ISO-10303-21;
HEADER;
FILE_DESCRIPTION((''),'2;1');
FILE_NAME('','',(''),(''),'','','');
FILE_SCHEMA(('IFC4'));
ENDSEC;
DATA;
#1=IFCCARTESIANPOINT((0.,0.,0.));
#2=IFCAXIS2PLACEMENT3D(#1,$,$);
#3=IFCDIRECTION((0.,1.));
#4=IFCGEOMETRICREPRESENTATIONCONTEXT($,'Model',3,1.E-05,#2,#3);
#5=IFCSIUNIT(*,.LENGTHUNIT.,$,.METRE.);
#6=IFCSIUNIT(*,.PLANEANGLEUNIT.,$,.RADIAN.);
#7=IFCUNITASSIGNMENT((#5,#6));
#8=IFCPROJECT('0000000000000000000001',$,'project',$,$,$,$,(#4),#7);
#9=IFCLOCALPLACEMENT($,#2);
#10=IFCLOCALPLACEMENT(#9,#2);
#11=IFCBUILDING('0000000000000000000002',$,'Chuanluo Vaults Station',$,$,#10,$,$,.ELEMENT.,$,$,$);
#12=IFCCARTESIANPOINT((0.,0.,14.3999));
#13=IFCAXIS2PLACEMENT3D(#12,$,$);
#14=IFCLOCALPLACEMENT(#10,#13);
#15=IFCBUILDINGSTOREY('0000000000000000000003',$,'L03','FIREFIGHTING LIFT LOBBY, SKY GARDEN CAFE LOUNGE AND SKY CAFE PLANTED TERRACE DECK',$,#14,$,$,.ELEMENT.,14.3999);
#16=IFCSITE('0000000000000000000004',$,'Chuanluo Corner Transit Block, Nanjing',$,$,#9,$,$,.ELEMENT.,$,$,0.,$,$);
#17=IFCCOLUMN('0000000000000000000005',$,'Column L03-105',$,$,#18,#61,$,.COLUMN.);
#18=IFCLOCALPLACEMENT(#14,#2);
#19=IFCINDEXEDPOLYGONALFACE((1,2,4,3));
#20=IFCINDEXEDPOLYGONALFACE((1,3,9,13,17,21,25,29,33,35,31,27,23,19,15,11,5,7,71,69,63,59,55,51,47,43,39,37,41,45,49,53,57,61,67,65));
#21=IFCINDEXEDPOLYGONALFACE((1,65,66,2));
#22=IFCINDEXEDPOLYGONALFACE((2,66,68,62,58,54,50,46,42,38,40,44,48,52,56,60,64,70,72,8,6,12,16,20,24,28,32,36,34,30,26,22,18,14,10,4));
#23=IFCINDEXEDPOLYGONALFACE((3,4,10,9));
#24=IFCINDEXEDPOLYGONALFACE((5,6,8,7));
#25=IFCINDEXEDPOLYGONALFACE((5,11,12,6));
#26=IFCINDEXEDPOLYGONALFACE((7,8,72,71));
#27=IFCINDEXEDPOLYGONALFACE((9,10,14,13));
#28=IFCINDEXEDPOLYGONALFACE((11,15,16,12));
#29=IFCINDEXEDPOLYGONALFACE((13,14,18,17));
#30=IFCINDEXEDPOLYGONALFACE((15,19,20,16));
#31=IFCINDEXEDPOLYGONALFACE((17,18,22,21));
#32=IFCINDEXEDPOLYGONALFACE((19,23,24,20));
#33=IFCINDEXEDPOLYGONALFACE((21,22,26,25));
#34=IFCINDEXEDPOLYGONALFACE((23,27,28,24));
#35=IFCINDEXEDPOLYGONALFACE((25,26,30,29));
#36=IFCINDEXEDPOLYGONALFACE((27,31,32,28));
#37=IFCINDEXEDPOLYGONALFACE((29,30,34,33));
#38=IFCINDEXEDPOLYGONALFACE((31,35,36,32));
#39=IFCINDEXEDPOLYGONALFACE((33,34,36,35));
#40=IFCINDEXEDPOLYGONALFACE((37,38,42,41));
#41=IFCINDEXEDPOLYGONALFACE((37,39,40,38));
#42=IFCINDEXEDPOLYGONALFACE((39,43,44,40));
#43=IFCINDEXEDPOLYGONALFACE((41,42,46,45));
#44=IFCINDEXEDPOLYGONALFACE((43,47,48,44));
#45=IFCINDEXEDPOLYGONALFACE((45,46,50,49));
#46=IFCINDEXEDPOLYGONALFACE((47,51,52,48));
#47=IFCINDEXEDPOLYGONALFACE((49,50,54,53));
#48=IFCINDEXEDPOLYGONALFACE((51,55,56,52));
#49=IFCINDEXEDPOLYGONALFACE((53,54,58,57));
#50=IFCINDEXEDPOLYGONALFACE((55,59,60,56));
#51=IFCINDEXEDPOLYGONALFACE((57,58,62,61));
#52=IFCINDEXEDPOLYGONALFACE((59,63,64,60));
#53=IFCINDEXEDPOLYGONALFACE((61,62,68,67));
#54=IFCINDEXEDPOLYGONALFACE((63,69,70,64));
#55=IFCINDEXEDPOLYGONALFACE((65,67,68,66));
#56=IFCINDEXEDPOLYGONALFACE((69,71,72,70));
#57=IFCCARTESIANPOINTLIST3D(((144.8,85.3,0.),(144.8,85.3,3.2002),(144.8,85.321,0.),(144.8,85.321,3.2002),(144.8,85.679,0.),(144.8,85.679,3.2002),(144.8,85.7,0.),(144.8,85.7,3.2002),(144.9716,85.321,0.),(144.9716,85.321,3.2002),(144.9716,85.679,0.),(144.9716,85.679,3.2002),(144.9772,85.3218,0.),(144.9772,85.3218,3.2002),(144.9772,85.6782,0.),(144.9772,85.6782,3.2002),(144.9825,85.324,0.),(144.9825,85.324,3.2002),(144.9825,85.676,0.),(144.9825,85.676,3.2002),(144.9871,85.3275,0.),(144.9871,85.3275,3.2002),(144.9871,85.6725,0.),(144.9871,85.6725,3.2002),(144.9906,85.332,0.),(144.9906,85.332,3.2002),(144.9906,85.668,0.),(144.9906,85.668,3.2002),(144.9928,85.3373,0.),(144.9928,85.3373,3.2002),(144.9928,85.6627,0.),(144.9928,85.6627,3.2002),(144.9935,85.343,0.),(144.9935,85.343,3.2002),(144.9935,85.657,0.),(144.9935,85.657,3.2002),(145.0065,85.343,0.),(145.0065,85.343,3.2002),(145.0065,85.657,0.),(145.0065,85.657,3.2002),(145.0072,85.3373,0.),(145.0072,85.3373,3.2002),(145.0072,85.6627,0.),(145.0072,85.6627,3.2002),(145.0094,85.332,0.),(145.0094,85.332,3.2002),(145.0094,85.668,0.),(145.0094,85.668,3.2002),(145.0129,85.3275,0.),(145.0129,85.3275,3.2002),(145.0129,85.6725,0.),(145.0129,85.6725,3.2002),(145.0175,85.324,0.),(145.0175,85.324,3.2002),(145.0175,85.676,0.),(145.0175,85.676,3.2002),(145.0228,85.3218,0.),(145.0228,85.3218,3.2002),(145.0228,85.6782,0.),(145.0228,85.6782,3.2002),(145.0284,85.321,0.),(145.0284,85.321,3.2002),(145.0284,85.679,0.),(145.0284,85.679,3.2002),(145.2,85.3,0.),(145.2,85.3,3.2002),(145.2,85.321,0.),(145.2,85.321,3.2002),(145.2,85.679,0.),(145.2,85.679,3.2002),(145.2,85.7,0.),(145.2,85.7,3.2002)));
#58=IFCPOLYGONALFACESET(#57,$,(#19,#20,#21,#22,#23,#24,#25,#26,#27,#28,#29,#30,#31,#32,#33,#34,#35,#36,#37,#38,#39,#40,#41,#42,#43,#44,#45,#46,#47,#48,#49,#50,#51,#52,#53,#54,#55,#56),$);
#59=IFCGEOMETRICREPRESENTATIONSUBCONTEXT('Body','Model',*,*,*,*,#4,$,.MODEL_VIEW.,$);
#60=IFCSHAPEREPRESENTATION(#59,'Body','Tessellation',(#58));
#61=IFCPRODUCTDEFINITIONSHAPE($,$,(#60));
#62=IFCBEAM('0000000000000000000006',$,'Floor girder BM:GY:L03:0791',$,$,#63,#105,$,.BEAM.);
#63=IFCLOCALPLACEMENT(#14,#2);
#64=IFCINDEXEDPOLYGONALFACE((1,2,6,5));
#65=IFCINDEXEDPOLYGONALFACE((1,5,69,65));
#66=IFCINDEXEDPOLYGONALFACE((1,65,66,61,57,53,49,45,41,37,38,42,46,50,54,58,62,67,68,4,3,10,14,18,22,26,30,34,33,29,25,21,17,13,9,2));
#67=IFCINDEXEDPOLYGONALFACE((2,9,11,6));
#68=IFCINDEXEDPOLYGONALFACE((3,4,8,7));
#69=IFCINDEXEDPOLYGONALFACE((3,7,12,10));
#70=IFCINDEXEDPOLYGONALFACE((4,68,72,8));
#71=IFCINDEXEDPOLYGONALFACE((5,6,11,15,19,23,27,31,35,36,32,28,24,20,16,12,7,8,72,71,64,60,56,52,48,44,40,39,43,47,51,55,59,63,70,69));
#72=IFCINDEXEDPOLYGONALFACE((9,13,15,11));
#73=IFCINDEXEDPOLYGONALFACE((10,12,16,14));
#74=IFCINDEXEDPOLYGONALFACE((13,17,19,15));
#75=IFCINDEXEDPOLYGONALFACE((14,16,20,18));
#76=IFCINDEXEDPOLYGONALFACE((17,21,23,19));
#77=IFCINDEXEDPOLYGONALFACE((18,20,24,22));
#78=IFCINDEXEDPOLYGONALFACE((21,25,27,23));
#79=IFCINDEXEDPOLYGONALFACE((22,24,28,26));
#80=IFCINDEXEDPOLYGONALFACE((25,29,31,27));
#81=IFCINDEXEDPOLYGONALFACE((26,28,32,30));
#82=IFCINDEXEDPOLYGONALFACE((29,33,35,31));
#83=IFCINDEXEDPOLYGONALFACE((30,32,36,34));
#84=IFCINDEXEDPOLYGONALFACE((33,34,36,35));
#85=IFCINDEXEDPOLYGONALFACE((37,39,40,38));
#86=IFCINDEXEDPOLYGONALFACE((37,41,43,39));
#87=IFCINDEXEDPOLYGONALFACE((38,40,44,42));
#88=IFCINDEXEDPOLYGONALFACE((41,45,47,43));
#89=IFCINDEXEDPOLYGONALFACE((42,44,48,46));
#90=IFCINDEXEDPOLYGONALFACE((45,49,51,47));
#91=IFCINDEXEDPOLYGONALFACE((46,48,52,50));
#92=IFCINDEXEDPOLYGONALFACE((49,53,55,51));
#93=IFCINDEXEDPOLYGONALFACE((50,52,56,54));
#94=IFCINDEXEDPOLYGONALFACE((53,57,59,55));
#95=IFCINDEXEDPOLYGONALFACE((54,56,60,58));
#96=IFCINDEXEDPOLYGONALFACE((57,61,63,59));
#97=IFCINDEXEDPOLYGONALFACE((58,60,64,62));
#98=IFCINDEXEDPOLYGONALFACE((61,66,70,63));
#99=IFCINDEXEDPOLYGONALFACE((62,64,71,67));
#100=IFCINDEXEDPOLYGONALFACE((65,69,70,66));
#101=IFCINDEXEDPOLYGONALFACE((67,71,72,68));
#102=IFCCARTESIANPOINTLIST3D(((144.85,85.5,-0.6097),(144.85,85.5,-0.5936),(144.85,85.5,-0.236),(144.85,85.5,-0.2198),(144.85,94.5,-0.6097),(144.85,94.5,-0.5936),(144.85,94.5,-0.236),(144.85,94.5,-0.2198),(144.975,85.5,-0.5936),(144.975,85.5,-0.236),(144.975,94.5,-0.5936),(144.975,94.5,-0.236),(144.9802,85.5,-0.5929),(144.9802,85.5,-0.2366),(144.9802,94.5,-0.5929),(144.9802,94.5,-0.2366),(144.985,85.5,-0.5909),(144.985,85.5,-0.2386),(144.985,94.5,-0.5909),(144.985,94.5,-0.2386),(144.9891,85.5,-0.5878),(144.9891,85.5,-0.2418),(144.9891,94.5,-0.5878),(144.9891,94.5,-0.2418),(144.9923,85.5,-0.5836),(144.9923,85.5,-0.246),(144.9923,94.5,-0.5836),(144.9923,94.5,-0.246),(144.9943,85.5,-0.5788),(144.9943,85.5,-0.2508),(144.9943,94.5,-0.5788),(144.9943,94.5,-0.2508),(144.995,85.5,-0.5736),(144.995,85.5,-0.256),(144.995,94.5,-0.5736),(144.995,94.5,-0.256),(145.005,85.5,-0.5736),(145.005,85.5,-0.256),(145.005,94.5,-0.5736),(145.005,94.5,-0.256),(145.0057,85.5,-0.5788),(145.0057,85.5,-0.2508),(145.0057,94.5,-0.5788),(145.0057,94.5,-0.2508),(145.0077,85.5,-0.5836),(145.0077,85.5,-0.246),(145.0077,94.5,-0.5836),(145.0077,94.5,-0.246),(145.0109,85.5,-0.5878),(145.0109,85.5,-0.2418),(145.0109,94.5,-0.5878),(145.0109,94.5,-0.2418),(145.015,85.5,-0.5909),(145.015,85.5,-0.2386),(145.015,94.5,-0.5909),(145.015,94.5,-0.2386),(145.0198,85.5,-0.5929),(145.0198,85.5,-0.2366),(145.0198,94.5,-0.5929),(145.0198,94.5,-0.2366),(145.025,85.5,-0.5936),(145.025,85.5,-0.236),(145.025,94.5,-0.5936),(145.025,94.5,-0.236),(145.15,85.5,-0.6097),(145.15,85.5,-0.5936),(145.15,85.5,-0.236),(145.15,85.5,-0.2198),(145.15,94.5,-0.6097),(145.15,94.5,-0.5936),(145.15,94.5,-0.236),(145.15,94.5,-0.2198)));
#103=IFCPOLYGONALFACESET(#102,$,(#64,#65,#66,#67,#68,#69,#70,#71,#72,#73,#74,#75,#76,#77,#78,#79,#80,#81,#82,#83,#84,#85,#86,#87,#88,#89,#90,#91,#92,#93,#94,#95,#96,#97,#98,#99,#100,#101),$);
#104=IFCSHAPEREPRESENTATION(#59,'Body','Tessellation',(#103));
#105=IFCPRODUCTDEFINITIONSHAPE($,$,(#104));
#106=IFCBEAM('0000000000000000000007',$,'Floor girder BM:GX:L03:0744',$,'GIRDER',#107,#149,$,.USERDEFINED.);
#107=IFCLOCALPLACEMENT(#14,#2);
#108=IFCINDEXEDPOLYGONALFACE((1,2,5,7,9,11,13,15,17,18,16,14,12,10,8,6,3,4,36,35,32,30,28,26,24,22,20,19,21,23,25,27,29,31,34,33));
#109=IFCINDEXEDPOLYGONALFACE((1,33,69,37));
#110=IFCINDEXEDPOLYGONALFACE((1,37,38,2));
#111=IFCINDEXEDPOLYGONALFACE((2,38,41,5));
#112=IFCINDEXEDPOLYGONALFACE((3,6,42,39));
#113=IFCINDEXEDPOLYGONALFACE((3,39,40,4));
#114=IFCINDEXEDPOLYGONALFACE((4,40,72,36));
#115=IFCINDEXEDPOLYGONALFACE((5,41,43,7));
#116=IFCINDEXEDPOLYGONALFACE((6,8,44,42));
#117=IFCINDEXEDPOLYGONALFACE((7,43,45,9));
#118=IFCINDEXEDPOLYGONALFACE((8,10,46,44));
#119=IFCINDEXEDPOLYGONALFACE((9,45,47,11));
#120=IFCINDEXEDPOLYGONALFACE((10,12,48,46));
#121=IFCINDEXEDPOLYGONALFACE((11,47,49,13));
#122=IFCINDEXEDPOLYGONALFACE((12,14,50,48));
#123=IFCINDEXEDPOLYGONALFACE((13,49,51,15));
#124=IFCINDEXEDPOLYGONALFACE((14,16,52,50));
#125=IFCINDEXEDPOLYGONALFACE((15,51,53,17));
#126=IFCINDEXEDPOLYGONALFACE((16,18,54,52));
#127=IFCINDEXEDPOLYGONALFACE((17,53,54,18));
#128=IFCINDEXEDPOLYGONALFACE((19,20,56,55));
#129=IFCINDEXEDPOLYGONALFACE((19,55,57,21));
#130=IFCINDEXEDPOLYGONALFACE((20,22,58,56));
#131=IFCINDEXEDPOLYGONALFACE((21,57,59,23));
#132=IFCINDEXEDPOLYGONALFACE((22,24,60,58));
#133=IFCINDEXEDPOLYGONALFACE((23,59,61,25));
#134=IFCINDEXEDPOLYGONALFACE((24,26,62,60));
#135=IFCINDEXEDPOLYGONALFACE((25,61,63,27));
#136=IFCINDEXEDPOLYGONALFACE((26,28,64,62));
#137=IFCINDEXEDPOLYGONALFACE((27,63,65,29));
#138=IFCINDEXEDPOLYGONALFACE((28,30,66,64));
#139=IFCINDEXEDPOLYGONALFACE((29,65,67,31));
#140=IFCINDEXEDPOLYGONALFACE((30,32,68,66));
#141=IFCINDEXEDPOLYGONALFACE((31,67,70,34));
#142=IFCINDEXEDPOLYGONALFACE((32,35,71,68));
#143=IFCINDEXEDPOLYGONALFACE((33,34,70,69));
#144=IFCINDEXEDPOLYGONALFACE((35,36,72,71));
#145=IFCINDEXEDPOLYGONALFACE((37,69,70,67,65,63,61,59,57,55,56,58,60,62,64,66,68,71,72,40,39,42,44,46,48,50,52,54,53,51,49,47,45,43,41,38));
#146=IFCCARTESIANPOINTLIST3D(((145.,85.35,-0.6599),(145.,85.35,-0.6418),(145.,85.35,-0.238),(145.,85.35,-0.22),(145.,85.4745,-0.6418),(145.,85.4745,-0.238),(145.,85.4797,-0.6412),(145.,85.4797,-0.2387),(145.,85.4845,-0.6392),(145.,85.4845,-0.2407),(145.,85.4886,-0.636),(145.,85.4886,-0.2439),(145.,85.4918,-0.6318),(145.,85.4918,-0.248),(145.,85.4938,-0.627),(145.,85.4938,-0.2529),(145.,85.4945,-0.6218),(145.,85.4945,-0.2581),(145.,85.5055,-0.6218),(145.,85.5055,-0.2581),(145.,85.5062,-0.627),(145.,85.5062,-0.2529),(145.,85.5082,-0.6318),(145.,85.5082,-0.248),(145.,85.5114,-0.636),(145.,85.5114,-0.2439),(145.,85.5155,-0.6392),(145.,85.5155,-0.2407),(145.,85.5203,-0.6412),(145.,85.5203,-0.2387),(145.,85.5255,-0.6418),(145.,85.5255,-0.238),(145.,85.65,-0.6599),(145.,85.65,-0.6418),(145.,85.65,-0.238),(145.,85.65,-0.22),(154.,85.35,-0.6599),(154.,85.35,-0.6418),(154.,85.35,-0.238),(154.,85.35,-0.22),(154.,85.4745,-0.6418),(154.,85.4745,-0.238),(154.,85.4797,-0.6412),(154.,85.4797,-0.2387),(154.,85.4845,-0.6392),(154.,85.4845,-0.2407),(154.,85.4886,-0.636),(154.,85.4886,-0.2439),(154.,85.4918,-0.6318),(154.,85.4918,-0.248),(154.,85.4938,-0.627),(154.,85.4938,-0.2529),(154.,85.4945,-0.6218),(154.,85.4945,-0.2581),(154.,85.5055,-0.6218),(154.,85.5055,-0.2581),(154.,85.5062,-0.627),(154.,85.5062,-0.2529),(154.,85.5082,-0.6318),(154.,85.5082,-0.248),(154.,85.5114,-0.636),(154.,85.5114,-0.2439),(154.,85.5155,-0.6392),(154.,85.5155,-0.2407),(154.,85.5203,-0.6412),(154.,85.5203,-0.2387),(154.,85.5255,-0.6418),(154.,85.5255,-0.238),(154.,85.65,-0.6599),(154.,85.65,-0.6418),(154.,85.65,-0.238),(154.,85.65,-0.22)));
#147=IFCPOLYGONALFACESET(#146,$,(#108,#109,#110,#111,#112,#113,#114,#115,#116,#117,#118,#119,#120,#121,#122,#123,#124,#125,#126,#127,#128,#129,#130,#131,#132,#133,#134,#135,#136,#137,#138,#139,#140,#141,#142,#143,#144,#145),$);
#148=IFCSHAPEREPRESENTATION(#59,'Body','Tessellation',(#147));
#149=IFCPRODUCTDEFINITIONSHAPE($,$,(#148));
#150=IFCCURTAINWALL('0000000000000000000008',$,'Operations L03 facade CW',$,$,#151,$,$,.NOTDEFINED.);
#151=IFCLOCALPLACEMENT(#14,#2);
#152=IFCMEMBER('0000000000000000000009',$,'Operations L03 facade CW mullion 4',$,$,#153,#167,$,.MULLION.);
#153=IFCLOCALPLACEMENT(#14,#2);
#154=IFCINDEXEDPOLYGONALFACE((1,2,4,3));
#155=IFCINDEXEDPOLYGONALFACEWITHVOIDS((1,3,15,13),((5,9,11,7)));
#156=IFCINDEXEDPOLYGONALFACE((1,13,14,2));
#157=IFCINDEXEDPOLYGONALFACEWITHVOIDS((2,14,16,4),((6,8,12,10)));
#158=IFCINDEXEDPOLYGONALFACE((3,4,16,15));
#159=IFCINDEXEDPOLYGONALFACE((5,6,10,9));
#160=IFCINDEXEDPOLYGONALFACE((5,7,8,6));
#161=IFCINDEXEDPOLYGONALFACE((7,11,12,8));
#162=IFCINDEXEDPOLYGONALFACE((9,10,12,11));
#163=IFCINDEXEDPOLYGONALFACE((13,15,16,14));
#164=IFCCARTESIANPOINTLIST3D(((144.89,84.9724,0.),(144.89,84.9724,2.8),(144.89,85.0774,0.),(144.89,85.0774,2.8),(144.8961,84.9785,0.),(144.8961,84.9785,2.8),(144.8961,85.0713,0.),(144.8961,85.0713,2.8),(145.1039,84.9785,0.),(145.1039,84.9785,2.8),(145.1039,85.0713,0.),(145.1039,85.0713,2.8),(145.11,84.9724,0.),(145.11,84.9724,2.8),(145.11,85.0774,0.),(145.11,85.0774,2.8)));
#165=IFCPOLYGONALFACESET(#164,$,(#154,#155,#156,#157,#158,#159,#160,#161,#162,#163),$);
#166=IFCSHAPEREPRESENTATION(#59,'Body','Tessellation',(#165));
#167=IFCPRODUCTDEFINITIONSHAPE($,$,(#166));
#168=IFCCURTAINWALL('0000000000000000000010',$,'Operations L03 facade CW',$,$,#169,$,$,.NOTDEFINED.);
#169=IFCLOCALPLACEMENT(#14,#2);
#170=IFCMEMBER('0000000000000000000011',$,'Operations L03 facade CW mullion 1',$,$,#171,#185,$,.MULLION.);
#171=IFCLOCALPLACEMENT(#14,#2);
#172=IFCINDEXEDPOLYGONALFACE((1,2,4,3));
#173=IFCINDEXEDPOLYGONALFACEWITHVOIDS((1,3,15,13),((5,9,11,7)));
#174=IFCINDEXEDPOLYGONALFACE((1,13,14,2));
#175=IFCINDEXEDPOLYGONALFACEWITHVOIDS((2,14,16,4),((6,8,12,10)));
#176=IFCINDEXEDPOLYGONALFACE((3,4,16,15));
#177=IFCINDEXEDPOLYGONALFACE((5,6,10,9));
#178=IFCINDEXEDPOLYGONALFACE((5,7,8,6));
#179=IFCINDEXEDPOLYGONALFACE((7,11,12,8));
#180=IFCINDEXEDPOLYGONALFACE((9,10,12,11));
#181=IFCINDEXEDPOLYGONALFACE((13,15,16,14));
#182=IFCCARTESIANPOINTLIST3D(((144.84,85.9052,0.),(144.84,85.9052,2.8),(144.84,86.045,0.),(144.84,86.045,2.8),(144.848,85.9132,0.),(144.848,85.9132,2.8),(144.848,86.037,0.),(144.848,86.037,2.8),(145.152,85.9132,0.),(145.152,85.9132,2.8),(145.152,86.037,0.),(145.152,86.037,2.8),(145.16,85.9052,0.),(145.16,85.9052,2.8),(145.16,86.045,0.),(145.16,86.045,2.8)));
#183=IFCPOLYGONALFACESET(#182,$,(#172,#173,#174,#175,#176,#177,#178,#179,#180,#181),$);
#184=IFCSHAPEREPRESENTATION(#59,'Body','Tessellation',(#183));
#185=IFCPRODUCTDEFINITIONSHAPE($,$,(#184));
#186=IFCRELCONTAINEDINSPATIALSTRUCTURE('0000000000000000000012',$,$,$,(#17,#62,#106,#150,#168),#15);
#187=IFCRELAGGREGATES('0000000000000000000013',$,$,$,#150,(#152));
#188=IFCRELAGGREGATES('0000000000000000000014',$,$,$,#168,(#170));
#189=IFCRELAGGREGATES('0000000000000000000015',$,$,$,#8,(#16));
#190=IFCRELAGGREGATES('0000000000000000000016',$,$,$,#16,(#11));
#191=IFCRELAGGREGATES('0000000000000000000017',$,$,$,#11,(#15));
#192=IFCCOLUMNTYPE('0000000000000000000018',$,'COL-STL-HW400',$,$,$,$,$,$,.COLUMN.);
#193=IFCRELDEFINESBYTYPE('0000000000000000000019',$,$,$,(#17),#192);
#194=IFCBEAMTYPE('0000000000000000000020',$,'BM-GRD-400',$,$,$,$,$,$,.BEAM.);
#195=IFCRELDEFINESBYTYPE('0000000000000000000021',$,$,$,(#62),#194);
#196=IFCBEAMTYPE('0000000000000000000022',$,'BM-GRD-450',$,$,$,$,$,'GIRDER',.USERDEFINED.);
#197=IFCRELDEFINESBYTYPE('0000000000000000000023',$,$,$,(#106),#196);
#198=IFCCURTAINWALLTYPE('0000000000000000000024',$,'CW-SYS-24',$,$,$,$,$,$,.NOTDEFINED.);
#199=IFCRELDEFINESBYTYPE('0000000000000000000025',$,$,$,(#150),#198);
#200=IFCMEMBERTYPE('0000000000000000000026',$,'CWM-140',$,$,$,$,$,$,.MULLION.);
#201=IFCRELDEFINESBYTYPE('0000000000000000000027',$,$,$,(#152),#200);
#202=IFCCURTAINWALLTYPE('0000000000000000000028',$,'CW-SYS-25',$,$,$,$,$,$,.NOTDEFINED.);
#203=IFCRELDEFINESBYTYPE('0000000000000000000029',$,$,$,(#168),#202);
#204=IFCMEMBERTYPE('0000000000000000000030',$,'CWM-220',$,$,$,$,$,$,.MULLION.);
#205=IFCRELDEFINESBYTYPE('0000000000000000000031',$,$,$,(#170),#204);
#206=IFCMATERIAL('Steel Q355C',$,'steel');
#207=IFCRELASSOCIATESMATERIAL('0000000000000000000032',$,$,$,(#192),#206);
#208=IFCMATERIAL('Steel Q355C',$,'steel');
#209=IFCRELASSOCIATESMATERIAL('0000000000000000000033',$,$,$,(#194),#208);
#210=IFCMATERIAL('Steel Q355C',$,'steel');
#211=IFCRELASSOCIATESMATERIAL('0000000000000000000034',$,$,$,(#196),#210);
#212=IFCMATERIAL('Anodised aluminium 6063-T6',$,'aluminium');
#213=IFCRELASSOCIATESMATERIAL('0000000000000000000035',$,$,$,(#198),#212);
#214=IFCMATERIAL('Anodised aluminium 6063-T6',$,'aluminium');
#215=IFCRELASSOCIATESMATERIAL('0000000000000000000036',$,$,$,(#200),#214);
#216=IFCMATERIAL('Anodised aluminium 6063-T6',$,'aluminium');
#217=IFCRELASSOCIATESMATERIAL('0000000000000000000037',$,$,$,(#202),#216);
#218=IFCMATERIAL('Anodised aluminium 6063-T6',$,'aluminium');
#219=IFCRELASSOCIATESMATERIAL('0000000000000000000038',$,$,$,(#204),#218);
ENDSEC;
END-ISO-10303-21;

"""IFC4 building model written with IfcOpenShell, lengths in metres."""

from ifc_helpers import new_model, si_unit, direction, frame, origin, origin_2d, place, context, subcontext, project, spatial, hollow_rectangle, i_section, extrude, material, material_profile, profile_set, type_object, element, aggregate, save


model = new_model("IFC4")

# Units and contexts
model_context = context("Model", 3, precision=1e-05, world=origin(), true_north=direction((0.0, 1.0)))
body_context = subcontext(model_context, "Body", "Model", "MODEL_VIEW")
ifc_project = project(units=[si_unit("LENGTHUNIT", "METRE"), si_unit("PLANEANGLEUNIT", "RADIAN")], contexts=[model_context])

# Site, building, storey
site_placement = place(None, origin())
site = spatial("IfcSite", under=ifc_project, at=site_placement, Name="Chuanluo Corner Transit Block, Nanjing", CompositionType="ELEMENT", RefElevation=0.0)
building_placement = place(site_placement, origin())
building = spatial("IfcBuilding", under=site, at=building_placement, Name="Chuanluo Vaults Station", CompositionType="ELEMENT")
storey_placement = place(building_placement, frame((0.0, 0.0, 14.3999)))
storey = spatial("IfcBuildingStorey", under=building, at=storey_placement, Name="L03", Description="FIREFIGHTING LIFT LOBBY, SKY GARDEN CAFE LOUNGE AND SKY CAFE PLANTED TERRACE DECK", CompositionType="ELEMENT", Elevation=14.3999)

# Column
ifc_material_1 = material(Name="Steel Q355C", Category="steel")
ifc_material_profile_1 = material_profile(ifc_material_1, i_section(OverallWidth=0.3999, OverallDepth=0.3999, WebThickness=0.0129, FlangeThickness=0.021, FilletRadius=0.022, at=origin_2d()))
ifc_profile_set_1 = profile_set([ifc_material_profile_1], Name="Steel Q355C")
column_type = type_object("IfcColumnType", Name="COL-STL-HW400", PredefinedType="COLUMN", material=ifc_profile_set_1)
column_placement = place(storey_placement, frame((145.0, 85.5, 0.0), z_axis=(0.0, 0.0, 1.0), x_axis=(1.0, 0.0, 0.0)))
element("IfcColumn", 1, at=column_placement, inside=storey, type_object=column_type, Name="Column L03-105", PredefinedType="COLUMN", context=body_context, shape_type="SweptSolid", body=[
    extrude(i_section(OverallWidth=0.3999, OverallDepth=0.3999, WebThickness=0.0129, FlangeThickness=0.021, FilletRadius=0.022, at=origin_2d()), origin(), (0.0, 0.0, 1.0), 3.2002),
])

# Beams
ifc_material_2 = material(Name="Steel Q355C", Category="steel")
ifc_material_profile_2 = material_profile(ifc_material_2, i_section(OverallWidth=0.3, OverallDepth=0.3899, WebThickness=0.01, FlangeThickness=0.0161, FilletRadius=0.02, at=origin_2d()))
ifc_profile_set_2 = profile_set([ifc_material_profile_2], Name="Steel Q355C")
beam_type_1 = type_object("IfcBeamType", Name="BM-GRD-400", PredefinedType="BEAM", material=ifc_profile_set_2)
beam_1_placement = place(storey_placement, frame((145.0, 85.5, -0.4148), z_axis=(0.0, 1.0, 0.0), x_axis=(-1.0, 0.0, 0.0)))
element("IfcBeam", 2, at=beam_1_placement, inside=storey, type_object=beam_type_1, Name="Floor girder BM:GY:L03:0791", PredefinedType="BEAM", context=body_context, shape_type="SweptSolid", body=[
    extrude(i_section(OverallWidth=0.3, OverallDepth=0.3899, WebThickness=0.01, FlangeThickness=0.0161, FilletRadius=0.02, at=origin_2d()), origin(), (0.0, 0.0, 1.0), 9.0),
])
ifc_material_3 = material(Name="Steel Q355C", Category="steel")
ifc_material_profile_3 = material_profile(ifc_material_3, i_section(OverallWidth=0.3, OverallDepth=0.4399, WebThickness=0.011, FlangeThickness=0.0181, FilletRadius=0.02, at=origin_2d()))
ifc_profile_set_3 = profile_set([ifc_material_profile_3], Name="Steel Q355C")
beam_type_2 = type_object("IfcBeamType", Name="BM-GRD-450", ElementType="GIRDER", PredefinedType="USERDEFINED", material=ifc_profile_set_3)
beam_2_placement = place(storey_placement, frame((145.0, 85.5, -0.4399), z_axis=(1.0, 0.0, 0.0), x_axis=(0.0, 1.0, 0.0)))
element("IfcBeam", 3, at=beam_2_placement, inside=storey, type_object=beam_type_2, Name="Floor girder BM:GX:L03:0744", ObjectType="GIRDER", PredefinedType="USERDEFINED", context=body_context, shape_type="SweptSolid", body=[
    extrude(i_section(OverallWidth=0.3, OverallDepth=0.4399, WebThickness=0.011, FlangeThickness=0.0181, FilletRadius=0.02, at=origin_2d()), origin(), (0.0, 0.0, 1.0), 9.0),
])

# Curtain wall, member
ifc_material_4 = material(Name="Anodised aluminium 6063-T6", Category="aluminium")
curtain_wall_type_1 = type_object("IfcCurtainWallType", Name="CW-SYS-24", PredefinedType="NOTDEFINED", material=ifc_material_4)
curtain_wall_1_placement = place(storey_placement, origin())
curtain_wall_1 = element("IfcCurtainWall", 4, at=curtain_wall_1_placement, inside=storey, type_object=curtain_wall_type_1, Name="Operations L03 facade CW", PredefinedType="NOTDEFINED")
ifc_material_5 = material(Name="Anodised aluminium 6063-T6", Category="aluminium")
ifc_material_profile_4 = material_profile(ifc_material_5, hollow_rectangle(XDim=0.105, YDim=0.22, WallThickness=0.0061, at=origin_2d()))
ifc_profile_set_4 = profile_set([ifc_material_profile_4], Name="Anodised aluminium 6063-T6")
member_type_1 = type_object("IfcMemberType", Name="CWM-140", PredefinedType="MULLION", material=ifc_profile_set_4)
member_1_placement = place(storey_placement, frame((145.0, 85.0249, 0.0), z_axis=(0.0, 0.0, 1.0), x_axis=(0.0, 1.0, 0.0)))
member_1 = element("IfcMember", 5, at=member_1_placement, type_object=member_type_1, Name="Operations L03 facade CW mullion 4", PredefinedType="MULLION", context=body_context, shape_type="SweptSolid", body=[
    extrude(hollow_rectangle(XDim=0.105, YDim=0.22, WallThickness=0.0061, at=origin_2d()), origin(), (0.0, 0.0, 1.0), 2.8),
])

# Curtain wall, member
ifc_material_6 = material(Name="Anodised aluminium 6063-T6", Category="aluminium")
curtain_wall_type_2 = type_object("IfcCurtainWallType", Name="CW-SYS-25", PredefinedType="NOTDEFINED", material=ifc_material_6)
curtain_wall_2_placement = place(storey_placement, origin())
curtain_wall_2 = element("IfcCurtainWall", 6, at=curtain_wall_2_placement, inside=storey, type_object=curtain_wall_type_2, Name="Operations L03 facade CW", PredefinedType="NOTDEFINED")
ifc_material_7 = material(Name="Anodised aluminium 6063-T6", Category="aluminium")
ifc_material_profile_5 = material_profile(ifc_material_7, hollow_rectangle(XDim=0.1399, YDim=0.3201, WallThickness=0.0081, at=origin_2d()))
ifc_profile_set_5 = profile_set([ifc_material_profile_5], Name="Anodised aluminium 6063-T6")
member_type_2 = type_object("IfcMemberType", Name="CWM-220", PredefinedType="MULLION", material=ifc_profile_set_5)
member_2_placement = place(storey_placement, frame((145.0, 85.9751, 0.0), z_axis=(0.0, 0.0, 1.0), x_axis=(0.0, 1.0, 0.0)))
member_2 = element("IfcMember", 7, at=member_2_placement, type_object=member_type_2, Name="Operations L03 facade CW mullion 1", PredefinedType="MULLION", context=body_context, shape_type="SweptSolid", body=[
    extrude(hollow_rectangle(XDim=0.1399, YDim=0.3201, WallThickness=0.0081, at=origin_2d()), origin(), (0.0, 0.0, 1.0), 2.8),
])

aggregate(curtain_wall_1, [member_1])
aggregate(curtain_wall_2, [member_2])

save(model, "model.ifc")
